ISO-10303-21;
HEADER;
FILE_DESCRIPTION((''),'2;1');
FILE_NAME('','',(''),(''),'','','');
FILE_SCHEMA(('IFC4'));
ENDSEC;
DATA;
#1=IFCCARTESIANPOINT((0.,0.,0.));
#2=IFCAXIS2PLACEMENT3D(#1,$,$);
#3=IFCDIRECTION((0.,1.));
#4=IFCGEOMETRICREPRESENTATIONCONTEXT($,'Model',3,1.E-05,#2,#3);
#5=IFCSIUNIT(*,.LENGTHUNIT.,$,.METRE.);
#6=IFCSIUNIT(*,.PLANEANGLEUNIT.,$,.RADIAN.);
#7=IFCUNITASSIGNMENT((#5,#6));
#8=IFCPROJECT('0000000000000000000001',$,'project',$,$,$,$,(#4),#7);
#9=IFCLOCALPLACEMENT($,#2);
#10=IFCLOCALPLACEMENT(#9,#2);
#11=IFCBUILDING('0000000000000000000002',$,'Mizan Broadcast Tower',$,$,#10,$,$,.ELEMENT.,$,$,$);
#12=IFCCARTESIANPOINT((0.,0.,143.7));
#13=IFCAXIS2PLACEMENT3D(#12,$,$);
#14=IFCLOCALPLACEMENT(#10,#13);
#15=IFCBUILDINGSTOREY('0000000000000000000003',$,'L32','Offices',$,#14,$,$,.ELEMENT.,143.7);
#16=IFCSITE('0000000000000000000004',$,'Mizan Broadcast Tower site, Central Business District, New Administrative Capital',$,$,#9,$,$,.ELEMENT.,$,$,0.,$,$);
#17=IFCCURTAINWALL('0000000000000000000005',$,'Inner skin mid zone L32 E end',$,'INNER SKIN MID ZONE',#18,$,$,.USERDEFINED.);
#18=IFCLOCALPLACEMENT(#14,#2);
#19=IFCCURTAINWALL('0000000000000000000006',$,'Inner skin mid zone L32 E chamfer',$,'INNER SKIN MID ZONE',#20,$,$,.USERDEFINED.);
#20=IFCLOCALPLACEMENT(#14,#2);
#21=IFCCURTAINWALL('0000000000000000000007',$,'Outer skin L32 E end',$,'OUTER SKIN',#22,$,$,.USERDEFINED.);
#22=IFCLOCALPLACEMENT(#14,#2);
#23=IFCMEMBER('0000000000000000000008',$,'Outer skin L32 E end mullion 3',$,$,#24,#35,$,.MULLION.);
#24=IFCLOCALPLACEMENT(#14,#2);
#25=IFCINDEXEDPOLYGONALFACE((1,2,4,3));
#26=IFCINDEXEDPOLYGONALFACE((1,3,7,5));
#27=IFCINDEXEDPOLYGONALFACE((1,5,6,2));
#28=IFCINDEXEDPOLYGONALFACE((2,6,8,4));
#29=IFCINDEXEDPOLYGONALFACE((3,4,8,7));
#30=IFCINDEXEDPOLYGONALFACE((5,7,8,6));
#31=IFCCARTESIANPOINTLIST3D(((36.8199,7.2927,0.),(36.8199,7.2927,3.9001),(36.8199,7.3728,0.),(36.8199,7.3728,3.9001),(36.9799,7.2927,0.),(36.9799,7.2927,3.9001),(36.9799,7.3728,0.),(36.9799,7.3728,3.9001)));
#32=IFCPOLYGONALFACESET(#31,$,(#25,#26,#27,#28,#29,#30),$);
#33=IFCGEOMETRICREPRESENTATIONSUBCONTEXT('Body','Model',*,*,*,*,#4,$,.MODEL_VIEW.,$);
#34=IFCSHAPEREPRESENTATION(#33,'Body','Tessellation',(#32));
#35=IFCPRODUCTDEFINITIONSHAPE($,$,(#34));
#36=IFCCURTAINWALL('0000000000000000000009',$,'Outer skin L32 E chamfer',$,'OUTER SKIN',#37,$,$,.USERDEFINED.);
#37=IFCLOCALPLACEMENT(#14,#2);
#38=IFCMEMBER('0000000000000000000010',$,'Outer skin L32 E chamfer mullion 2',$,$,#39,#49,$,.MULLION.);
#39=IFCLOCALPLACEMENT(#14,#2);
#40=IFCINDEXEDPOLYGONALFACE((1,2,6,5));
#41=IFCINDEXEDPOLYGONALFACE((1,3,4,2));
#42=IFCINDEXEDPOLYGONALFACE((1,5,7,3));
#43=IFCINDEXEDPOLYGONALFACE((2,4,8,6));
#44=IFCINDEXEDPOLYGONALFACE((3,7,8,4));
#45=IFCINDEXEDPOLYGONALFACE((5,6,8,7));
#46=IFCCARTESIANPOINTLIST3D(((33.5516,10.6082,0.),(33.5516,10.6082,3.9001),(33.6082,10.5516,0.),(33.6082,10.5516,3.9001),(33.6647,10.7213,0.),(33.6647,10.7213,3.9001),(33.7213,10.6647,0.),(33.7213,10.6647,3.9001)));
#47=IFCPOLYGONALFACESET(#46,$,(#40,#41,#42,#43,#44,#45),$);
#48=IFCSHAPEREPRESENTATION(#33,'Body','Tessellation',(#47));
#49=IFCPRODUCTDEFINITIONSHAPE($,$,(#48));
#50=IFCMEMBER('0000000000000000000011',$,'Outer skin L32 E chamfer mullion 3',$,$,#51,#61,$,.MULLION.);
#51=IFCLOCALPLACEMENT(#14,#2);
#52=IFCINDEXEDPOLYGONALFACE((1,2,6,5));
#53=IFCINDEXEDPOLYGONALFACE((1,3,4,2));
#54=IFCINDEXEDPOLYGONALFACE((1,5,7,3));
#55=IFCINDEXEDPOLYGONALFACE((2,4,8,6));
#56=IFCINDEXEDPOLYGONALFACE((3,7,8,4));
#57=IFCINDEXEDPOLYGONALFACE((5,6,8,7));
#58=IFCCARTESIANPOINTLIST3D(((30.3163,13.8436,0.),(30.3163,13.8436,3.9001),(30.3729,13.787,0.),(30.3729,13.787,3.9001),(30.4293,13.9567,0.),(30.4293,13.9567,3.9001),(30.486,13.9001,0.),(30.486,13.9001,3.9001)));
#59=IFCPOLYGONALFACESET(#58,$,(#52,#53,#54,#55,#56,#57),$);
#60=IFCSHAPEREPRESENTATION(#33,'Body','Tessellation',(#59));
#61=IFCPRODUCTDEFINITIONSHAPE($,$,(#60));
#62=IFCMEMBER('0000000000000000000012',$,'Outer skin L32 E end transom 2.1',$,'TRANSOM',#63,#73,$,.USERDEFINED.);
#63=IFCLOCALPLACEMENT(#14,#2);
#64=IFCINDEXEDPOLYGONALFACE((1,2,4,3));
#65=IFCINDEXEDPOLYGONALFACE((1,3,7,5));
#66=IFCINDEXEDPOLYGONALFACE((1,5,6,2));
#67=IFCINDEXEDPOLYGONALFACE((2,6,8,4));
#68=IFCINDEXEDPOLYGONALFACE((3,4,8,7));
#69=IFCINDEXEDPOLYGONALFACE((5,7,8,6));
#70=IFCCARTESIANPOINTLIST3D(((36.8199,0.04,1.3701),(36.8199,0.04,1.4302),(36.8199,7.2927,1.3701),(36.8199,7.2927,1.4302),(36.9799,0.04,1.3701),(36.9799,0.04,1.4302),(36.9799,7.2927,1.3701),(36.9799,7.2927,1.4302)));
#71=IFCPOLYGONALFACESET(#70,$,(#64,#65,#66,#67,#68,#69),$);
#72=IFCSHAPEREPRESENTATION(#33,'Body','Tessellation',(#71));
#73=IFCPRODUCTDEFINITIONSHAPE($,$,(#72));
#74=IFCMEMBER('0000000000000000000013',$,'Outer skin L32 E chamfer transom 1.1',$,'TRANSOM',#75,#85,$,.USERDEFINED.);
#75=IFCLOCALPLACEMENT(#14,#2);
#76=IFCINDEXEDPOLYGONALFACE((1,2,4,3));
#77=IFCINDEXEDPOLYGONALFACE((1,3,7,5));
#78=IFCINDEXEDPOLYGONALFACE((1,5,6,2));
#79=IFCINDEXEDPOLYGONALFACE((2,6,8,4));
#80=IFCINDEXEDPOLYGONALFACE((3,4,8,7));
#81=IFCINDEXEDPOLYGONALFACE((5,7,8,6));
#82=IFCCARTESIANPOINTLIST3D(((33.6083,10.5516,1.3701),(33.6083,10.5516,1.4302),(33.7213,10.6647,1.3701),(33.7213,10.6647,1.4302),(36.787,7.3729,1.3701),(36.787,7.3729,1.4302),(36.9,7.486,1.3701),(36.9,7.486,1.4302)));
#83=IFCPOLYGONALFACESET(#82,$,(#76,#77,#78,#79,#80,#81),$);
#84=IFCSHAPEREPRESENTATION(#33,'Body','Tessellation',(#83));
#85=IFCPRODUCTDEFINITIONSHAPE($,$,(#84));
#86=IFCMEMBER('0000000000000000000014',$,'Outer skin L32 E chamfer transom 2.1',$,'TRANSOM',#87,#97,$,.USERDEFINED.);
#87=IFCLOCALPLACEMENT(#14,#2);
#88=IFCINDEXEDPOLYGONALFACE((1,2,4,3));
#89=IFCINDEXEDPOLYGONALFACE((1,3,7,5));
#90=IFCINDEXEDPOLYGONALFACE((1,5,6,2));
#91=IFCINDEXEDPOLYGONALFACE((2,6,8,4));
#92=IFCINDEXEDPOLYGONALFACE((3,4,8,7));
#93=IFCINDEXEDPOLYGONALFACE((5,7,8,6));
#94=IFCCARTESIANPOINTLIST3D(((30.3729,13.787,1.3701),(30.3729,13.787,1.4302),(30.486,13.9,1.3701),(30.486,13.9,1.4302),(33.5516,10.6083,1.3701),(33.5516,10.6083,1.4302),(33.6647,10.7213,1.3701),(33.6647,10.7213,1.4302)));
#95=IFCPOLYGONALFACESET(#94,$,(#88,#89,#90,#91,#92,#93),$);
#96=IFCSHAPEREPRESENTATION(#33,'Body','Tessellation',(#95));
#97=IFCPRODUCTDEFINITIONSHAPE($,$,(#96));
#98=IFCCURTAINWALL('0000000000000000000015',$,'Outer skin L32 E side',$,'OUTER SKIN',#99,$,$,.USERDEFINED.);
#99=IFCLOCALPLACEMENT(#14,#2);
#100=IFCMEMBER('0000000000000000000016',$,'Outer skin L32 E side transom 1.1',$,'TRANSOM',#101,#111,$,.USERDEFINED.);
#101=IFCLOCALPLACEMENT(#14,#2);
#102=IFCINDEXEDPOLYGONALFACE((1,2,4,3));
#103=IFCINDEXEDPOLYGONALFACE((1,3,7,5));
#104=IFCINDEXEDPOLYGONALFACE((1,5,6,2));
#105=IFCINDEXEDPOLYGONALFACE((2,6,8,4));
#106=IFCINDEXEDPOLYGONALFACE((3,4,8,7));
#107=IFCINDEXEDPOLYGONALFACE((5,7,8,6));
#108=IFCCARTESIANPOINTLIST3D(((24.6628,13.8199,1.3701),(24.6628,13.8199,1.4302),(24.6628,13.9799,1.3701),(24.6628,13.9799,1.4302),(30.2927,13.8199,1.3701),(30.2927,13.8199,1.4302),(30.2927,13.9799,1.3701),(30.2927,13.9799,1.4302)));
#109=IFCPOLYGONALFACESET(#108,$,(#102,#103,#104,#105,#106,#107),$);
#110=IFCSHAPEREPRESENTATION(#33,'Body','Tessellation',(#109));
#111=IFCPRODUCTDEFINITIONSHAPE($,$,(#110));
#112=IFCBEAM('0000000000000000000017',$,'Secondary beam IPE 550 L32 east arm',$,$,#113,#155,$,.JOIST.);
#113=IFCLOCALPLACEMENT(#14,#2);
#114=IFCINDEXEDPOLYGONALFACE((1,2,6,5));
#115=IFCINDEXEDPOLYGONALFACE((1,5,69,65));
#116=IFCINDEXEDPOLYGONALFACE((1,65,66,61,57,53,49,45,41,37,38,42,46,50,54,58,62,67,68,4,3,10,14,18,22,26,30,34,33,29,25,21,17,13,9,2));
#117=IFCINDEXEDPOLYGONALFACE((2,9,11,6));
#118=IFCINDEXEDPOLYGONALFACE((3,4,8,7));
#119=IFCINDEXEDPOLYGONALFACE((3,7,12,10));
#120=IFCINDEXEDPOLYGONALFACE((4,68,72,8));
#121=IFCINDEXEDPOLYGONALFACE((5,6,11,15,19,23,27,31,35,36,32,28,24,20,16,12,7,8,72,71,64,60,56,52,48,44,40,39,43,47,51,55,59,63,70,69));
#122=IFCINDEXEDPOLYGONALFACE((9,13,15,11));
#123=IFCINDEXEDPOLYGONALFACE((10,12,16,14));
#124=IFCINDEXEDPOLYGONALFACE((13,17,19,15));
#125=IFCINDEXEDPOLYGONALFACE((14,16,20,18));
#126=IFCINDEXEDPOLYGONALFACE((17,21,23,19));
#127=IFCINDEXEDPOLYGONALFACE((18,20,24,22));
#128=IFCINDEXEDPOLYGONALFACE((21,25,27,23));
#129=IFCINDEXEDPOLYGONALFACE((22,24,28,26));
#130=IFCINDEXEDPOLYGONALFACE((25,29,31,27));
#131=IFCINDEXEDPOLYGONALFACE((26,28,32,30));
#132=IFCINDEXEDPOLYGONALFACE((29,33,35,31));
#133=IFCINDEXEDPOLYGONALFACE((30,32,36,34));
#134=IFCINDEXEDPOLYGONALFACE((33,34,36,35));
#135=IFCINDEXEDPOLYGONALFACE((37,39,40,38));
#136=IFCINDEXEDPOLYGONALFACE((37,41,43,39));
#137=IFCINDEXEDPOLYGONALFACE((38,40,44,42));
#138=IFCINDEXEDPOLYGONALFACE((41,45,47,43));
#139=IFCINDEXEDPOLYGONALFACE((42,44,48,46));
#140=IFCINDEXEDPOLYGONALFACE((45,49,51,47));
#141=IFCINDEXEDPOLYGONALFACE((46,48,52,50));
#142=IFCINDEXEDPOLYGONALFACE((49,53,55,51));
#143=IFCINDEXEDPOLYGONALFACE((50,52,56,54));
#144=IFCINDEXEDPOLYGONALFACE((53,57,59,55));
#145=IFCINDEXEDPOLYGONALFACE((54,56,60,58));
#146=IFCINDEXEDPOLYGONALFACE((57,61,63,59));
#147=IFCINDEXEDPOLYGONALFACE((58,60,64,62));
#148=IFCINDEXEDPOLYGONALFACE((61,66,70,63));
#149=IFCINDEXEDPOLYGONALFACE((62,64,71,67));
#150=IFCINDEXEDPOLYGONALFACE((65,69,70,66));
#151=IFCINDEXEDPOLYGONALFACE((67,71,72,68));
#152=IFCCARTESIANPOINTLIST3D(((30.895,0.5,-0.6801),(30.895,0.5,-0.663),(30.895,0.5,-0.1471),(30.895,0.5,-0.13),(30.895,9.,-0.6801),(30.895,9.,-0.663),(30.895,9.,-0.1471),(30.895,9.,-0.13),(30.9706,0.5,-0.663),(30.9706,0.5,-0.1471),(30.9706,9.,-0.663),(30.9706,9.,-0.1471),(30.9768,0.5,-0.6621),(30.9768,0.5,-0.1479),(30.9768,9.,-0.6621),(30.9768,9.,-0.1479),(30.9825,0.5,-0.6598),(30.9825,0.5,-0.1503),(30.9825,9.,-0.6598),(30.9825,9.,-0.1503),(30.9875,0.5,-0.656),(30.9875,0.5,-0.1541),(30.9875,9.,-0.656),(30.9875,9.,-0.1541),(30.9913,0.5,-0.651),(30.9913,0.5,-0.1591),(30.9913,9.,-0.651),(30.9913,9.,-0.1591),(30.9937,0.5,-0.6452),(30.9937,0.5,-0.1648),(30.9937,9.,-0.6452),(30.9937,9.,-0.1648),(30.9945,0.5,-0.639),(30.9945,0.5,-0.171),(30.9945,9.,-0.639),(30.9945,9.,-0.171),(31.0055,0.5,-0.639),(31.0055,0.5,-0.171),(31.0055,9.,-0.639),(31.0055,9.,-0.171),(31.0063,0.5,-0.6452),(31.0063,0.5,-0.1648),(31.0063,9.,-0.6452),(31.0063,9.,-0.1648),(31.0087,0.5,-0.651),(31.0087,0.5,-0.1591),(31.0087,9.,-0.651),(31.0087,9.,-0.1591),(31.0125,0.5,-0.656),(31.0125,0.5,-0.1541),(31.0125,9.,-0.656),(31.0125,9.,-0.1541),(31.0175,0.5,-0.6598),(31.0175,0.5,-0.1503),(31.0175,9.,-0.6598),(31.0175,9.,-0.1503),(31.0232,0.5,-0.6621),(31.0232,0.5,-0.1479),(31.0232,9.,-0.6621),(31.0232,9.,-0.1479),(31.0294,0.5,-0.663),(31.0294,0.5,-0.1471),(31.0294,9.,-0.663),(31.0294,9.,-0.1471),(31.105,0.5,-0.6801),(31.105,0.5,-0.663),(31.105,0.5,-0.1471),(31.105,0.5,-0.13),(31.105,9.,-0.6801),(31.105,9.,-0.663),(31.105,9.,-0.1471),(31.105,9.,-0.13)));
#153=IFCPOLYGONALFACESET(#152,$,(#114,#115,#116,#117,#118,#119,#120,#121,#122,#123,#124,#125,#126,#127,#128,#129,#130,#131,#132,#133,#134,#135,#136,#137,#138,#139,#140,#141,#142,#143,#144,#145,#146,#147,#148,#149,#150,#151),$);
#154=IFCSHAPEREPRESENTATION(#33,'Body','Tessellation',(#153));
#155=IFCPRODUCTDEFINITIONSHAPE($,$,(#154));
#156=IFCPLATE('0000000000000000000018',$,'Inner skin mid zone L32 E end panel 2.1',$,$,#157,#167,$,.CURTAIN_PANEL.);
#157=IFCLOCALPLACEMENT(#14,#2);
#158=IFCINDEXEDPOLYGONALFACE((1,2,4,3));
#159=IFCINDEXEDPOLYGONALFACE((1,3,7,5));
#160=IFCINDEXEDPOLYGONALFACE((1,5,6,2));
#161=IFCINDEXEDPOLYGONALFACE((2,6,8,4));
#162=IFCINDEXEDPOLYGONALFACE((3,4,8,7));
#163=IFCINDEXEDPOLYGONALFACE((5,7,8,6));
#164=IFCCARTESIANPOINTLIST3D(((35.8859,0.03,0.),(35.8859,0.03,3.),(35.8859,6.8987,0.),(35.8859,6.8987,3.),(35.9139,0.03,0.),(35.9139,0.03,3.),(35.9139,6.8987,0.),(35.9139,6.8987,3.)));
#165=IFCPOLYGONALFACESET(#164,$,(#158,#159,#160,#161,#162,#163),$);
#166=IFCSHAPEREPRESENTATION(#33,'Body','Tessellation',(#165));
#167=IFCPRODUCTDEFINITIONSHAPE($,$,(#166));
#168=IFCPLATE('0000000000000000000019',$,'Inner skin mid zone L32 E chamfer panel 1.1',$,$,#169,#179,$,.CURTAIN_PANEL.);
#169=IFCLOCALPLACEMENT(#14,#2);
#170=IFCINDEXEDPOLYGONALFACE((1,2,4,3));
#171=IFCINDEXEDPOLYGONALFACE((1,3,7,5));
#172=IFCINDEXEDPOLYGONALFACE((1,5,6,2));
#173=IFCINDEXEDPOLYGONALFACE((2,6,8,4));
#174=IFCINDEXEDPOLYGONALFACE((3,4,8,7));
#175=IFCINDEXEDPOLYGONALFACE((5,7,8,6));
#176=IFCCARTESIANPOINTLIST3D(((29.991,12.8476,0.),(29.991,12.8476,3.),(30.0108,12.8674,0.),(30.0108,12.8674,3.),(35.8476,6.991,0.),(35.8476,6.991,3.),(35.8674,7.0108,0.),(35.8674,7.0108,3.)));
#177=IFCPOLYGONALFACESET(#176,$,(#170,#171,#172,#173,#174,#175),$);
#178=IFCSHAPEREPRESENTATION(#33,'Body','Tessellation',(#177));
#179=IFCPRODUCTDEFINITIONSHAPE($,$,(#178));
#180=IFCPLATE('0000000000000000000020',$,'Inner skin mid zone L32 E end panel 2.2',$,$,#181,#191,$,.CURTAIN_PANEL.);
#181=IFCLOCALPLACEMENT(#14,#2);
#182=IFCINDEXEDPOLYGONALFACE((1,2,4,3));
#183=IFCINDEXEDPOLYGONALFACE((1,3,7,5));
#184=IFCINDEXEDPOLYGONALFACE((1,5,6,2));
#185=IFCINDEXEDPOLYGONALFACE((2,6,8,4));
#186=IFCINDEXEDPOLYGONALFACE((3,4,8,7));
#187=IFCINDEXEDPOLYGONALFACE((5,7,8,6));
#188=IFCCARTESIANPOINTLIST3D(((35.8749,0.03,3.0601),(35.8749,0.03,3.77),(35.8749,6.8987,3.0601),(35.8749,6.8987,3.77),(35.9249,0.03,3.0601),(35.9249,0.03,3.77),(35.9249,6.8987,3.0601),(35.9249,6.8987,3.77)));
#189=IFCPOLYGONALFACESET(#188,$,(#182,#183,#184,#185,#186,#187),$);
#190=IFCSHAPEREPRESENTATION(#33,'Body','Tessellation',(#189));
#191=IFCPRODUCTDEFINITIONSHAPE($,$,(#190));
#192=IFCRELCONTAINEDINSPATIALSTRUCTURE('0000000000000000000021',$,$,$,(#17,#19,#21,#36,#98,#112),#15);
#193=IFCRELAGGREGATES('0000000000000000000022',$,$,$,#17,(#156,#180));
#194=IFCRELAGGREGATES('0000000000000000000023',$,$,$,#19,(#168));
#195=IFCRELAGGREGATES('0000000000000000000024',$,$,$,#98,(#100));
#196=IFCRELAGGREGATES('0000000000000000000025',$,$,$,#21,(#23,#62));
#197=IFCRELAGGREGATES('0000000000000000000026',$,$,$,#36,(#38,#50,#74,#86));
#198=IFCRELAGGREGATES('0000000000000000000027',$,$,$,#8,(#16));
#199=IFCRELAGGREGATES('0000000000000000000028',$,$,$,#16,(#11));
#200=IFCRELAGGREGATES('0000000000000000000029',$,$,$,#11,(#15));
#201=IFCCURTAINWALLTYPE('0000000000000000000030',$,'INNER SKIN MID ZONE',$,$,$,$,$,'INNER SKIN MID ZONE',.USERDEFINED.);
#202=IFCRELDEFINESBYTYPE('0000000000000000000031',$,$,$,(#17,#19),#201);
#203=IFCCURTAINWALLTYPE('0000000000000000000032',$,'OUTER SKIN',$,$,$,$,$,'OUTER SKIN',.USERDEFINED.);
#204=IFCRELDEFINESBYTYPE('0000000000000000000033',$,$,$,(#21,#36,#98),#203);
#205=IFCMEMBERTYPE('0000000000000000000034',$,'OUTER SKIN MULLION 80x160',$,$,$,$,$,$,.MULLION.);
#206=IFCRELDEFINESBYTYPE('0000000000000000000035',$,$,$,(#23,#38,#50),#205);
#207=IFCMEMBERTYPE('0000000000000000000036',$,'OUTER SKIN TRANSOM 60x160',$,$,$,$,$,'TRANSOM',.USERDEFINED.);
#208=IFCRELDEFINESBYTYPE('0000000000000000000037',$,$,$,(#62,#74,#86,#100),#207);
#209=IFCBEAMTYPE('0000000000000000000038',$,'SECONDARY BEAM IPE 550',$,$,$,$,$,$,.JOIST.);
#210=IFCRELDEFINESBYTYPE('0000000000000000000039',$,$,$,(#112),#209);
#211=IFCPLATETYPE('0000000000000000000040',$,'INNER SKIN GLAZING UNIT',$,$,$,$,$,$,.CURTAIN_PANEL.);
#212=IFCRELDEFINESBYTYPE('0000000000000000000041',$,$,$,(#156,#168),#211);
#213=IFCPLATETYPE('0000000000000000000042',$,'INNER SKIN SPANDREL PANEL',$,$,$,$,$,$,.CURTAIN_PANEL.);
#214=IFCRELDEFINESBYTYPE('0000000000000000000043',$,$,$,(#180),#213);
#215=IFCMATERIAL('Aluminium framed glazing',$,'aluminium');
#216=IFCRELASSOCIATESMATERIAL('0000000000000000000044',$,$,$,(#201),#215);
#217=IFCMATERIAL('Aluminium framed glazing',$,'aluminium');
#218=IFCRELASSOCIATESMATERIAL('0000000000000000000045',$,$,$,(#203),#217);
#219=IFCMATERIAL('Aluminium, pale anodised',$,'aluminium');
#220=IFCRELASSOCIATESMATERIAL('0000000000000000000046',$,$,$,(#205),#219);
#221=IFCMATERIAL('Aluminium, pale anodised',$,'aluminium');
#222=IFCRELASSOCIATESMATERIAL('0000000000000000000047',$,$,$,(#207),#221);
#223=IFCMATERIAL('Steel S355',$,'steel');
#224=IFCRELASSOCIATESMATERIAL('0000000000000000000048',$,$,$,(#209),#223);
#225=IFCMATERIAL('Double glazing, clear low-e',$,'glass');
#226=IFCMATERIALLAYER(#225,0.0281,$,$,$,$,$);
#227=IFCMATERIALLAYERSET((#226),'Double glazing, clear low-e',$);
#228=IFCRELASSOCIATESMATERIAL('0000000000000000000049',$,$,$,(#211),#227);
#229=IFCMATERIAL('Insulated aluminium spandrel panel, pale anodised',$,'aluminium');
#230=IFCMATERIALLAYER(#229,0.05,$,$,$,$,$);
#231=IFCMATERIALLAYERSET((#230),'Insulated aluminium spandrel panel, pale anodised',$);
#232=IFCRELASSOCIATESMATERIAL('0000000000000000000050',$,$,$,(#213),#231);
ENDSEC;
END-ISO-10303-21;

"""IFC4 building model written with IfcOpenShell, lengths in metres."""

from ifc_helpers import new_model, si_unit, direction, frame, origin, origin_2d, place, context, subcontext, project, spatial, rectangle, i_section, extrude, material, layer, layer_set, material_profile, profile_set, type_object, element, aggregate, save


model = new_model("IFC4")

# Units and contexts
model_context = context("Model", 3, precision=1e-05, world=origin(), true_north=direction((0.0, 1.0)))
body_context = subcontext(model_context, "Body", "Model", "MODEL_VIEW")
ifc_project = project(units=[si_unit("LENGTHUNIT", "METRE"), si_unit("PLANEANGLEUNIT", "RADIAN")], contexts=[model_context])

# Site, building, storey
site_placement = place(None, origin())
site = spatial("IfcSite", under=ifc_project, at=site_placement, Name="Mizan Broadcast Tower site, Central Business District, New Administrative Capital", CompositionType="ELEMENT", RefElevation=0.0)
building_placement = place(site_placement, origin())
building = spatial("IfcBuilding", under=site, at=building_placement, Name="Mizan Broadcast Tower", CompositionType="ELEMENT")
storey_placement = place(building_placement, frame((0.0, 0.0, 143.7)))
storey = spatial("IfcBuildingStorey", under=building, at=storey_placement, Name="L32", Description="Offices", CompositionType="ELEMENT", Elevation=143.7)

# Curtain wall
ifc_material_1 = material(Name="Aluminium framed glazing", Category="aluminium")
curtain_wall_type_1 = type_object("IfcCurtainWallType", Name="INNER SKIN MID ZONE", ElementType="INNER SKIN MID ZONE", PredefinedType="USERDEFINED", material=ifc_material_1)
curtain_wall_1_placement = place(storey_placement, origin())
curtain_wall_1 = element("IfcCurtainWall", 1, at=curtain_wall_1_placement, inside=storey, type_object=curtain_wall_type_1, Name="Inner skin mid zone L32 E end", ObjectType="INNER SKIN MID ZONE", PredefinedType="USERDEFINED")

# Curtain wall
curtain_wall_2_placement = place(storey_placement, origin())
curtain_wall_2 = element("IfcCurtainWall", 2, at=curtain_wall_2_placement, inside=storey, type_object=curtain_wall_type_1, Name="Inner skin mid zone L32 E chamfer", ObjectType="INNER SKIN MID ZONE", PredefinedType="USERDEFINED")

# Curtain walls, members
ifc_material_2 = material(Name="Aluminium framed glazing", Category="aluminium")
curtain_wall_type_2 = type_object("IfcCurtainWallType", Name="OUTER SKIN", ElementType="OUTER SKIN", PredefinedType="USERDEFINED", material=ifc_material_2)
curtain_wall_3_placement = place(storey_placement, origin())
curtain_wall_3 = element("IfcCurtainWall", 3, at=curtain_wall_3_placement, inside=storey, type_object=curtain_wall_type_2, Name="Outer skin L32 E end", ObjectType="OUTER SKIN", PredefinedType="USERDEFINED")
ifc_material_3 = material(Name="Aluminium, pale anodised", Category="aluminium")
ifc_material_profile_1 = material_profile(ifc_material_3, rectangle(XDim=0.1599, YDim=0.0801, at=origin_2d()), Name="MULLION 160x80")
ifc_profile_set_1 = profile_set([ifc_material_profile_1], Name="Aluminium, pale anodised")
member_type_1 = type_object("IfcMemberType", Name="OUTER SKIN MULLION 80x160", PredefinedType="MULLION", material=ifc_profile_set_1)
member_1_placement = place(storey_placement, frame((36.8999, 7.3328, 0.0), z_axis=(0.0, 0.0, 1.0), x_axis=(-1.0, 0.0, 0.0)))
member_1 = element("IfcMember", 4, at=member_1_placement, type_object=member_type_1, Name="Outer skin L32 E end mullion 3", PredefinedType="MULLION", context=body_context, shape_type="SweptSolid", body=[
    extrude(rectangle(XDim=0.1599, YDim=0.0801, at=origin_2d()), origin(), (0.0, 0.0, 1.0), 3.9001),
])
curtain_wall_4_placement = place(storey_placement, origin())
curtain_wall_4 = element("IfcCurtainWall", 5, at=curtain_wall_4_placement, inside=storey, type_object=curtain_wall_type_2, Name="Outer skin L32 E chamfer", ObjectType="OUTER SKIN", PredefinedType="USERDEFINED")
member_2_placement = place(storey_placement, frame((33.6365, 10.6365, 0.0), z_axis=(0.0, 0.0, 1.0), x_axis=(-0.707107, -0.707107, 0.0)))
member_2 = element("IfcMember", 6, at=member_2_placement, type_object=member_type_1, Name="Outer skin L32 E chamfer mullion 2", PredefinedType="MULLION", context=body_context, shape_type="SweptSolid", body=[
    extrude(rectangle(XDim=0.1599, YDim=0.0801, at=origin_2d()), origin(), (0.0, 0.0, 1.0), 3.9001),
])
member_3_placement = place(storey_placement, frame((30.4011, 13.8718, 0.0), z_axis=(0.0, 0.0, 1.0), x_axis=(-0.707107, -0.707107, 0.0)))
member_3 = element("IfcMember", 7, at=member_3_placement, type_object=member_type_1, Name="Outer skin L32 E chamfer mullion 3", PredefinedType="MULLION", context=body_context, shape_type="SweptSolid", body=[
    extrude(rectangle(XDim=0.1599, YDim=0.0801, at=origin_2d()), origin(), (0.0, 0.0, 1.0), 3.9001),
])

# Members
ifc_material_4 = material(Name="Aluminium, pale anodised", Category="aluminium")
ifc_material_profile_2 = material_profile(ifc_material_4, rectangle(XDim=0.1599, YDim=0.0601, at=origin_2d()), Name="TRANSOM 160x60")
ifc_profile_set_2 = profile_set([ifc_material_profile_2], Name="Aluminium, pale anodised")
member_type_2 = type_object("IfcMemberType", Name="OUTER SKIN TRANSOM 60x160", ElementType="TRANSOM", PredefinedType="USERDEFINED", material=ifc_profile_set_2)
member_4_placement = place(storey_placement, frame((36.8999, 0.04, 1.4001), z_axis=(0.0, 1.0, 0.0), x_axis=(-1.0, 0.0, 0.0)))
member_4 = element("IfcMember", 8, at=member_4_placement, type_object=member_type_2, Name="Outer skin L32 E end transom 2.1", ObjectType="TRANSOM", PredefinedType="USERDEFINED", context=body_context, shape_type="SweptSolid", body=[
    extrude(rectangle(XDim=0.1599, YDim=0.0601, at=origin_2d()), origin(), (0.0, 0.0, 1.0), 7.2527),
])
member_5_placement = place(storey_placement, frame((36.8435, 7.4294, 1.4001), z_axis=(-0.707107, 0.707107, 0.0), x_axis=(-0.707107, -0.707107, 0.0)))
member_5 = element("IfcMember", 9, at=member_5_placement, type_object=member_type_2, Name="Outer skin L32 E chamfer transom 1.1", ObjectType="TRANSOM", PredefinedType="USERDEFINED", context=body_context, shape_type="SweptSolid", body=[
    extrude(rectangle(XDim=0.1599, YDim=0.0601, at=origin_2d()), origin(), (0.0, 0.0, 1.0), 4.4954),
])
member_6_placement = place(storey_placement, frame((33.6082, 10.6648, 1.4001), z_axis=(-0.707107, 0.707107, 0.0), x_axis=(-0.707107, -0.707107, 0.0)))
member_6 = element("IfcMember", 10, at=member_6_placement, type_object=member_type_2, Name="Outer skin L32 E chamfer transom 2.1", ObjectType="TRANSOM", PredefinedType="USERDEFINED", context=body_context, shape_type="SweptSolid", body=[
    extrude(rectangle(XDim=0.1599, YDim=0.0601, at=origin_2d()), origin(), (0.0, 0.0, 1.0), 4.4954),
])

# Curtain wall, member
curtain_wall_5_placement = place(storey_placement, origin())
curtain_wall_5 = element("IfcCurtainWall", 11, at=curtain_wall_5_placement, inside=storey, type_object=curtain_wall_type_2, Name="Outer skin L32 E side", ObjectType="OUTER SKIN", PredefinedType="USERDEFINED")
member_7_placement = place(storey_placement, frame((30.2927, 13.8999, 1.4001), z_axis=(-1.0, 0.0, 0.0), x_axis=(0.0, -1.0, 0.0)))
member_7 = element("IfcMember", 12, at=member_7_placement, type_object=member_type_2, Name="Outer skin L32 E side transom 1.1", ObjectType="TRANSOM", PredefinedType="USERDEFINED", context=body_context, shape_type="SweptSolid", body=[
    extrude(rectangle(XDim=0.1599, YDim=0.0601, at=origin_2d()), origin(), (0.0, 0.0, 1.0), 5.6299),
])

# Beam
ifc_material_5 = material(Name="Steel S355", Category="steel")
ifc_material_profile_3 = material_profile(ifc_material_5, i_section(OverallWidth=0.21, OverallDepth=0.55, WebThickness=0.011, FlangeThickness=0.0171, FilletRadius=0.0239, at=origin_2d()), Name="IPE 550")
ifc_profile_set_3 = profile_set([ifc_material_profile_3], Name="Steel S355")
beam_type_1 = type_object("IfcBeamType", Name="SECONDARY BEAM IPE 550", PredefinedType="JOIST", material=ifc_profile_set_3)
beam_1_placement = place(storey_placement, frame((31.0, 9.0, -0.405), z_axis=(0.0, -1.0, 0.0), x_axis=(1.0, 0.0, 0.0)))
element("IfcBeam", 13, at=beam_1_placement, inside=storey, type_object=beam_type_1, Name="Secondary beam IPE 550 L32 east arm", PredefinedType="JOIST", context=body_context, shape_type="SweptSolid", body=[
    extrude(i_section(OverallWidth=0.21, OverallDepth=0.55, WebThickness=0.011, FlangeThickness=0.0171, FilletRadius=0.0239, at=origin_2d()), origin(), (0.0, 0.0, 1.0), 8.5),
])

# Plates
ifc_material_6 = material(Name="Double glazing, clear low-e", Category="glass")
ifc_layer_1 = layer(ifc_material_6, 0.0281)
ifc_layer_set_1 = layer_set([ifc_layer_1], Name="Double glazing, clear low-e")
plate_type_1 = type_object("IfcPlateType", Name="INNER SKIN GLAZING UNIT", PredefinedType="CURTAIN_PANEL", material=ifc_layer_set_1)
plate_1_placement = place(storey_placement, frame((35.8999, 3.4644, 0.0), z_axis=(0.0, 0.0, 1.0), x_axis=(0.0, 1.0, 0.0)))
plate_1 = element("IfcPlate", 14, at=plate_1_placement, type_object=plate_type_1, Name="Inner skin mid zone L32 E end panel 2.1", PredefinedType="CURTAIN_PANEL", context=body_context, shape_type="SweptSolid", body=[
    extrude(rectangle(XDim=6.8687, YDim=0.0281, at=origin_2d()), origin(), (0.0, 0.0, 1.0), 3.0),
])
plate_2_placement = place(storey_placement, frame((32.9292, 9.9292, 0.0), z_axis=(0.0, 0.0, 1.0), x_axis=(-0.707107, 0.707107, 0.0)))
plate_2 = element("IfcPlate", 15, at=plate_2_placement, type_object=plate_type_1, Name="Inner skin mid zone L32 E chamfer panel 1.1", PredefinedType="CURTAIN_PANEL", context=body_context, shape_type="SweptSolid", body=[
    extrude(rectangle(XDim=8.2825, YDim=0.0281, at=origin_2d()), origin(), (0.0, 0.0, 1.0), 3.0),
])
ifc_material_7 = material(Name="Insulated aluminium spandrel panel, pale anodised", Category="aluminium")
ifc_layer_2 = layer(ifc_material_7, 0.05)
ifc_layer_set_2 = layer_set([ifc_layer_2], Name="Insulated aluminium spandrel panel, pale anodised")
plate_type_2 = type_object("IfcPlateType", Name="INNER SKIN SPANDREL PANEL", PredefinedType="CURTAIN_PANEL", material=ifc_layer_set_2)
plate_3_placement = place(storey_placement, frame((35.8999, 3.4644, 3.0601), z_axis=(0.0, 0.0, 1.0), x_axis=(0.0, 1.0, 0.0)))
plate_3 = element("IfcPlate", 16, at=plate_3_placement, type_object=plate_type_2, Name="Inner skin mid zone L32 E end panel 2.2", PredefinedType="CURTAIN_PANEL", context=body_context, shape_type="SweptSolid", body=[
    extrude(rectangle(XDim=6.8687, YDim=0.05, at=origin_2d()), origin(), (0.0, 0.0, 1.0), 0.71),
])
aggregate(curtain_wall_1, [plate_1, plate_3])
aggregate(curtain_wall_2, [plate_2])
aggregate(curtain_wall_5, [member_7])
aggregate(curtain_wall_3, [member_1, member_4])
aggregate(curtain_wall_4, [member_2, member_3, member_5, member_6])

save(model, "model.ifc")
